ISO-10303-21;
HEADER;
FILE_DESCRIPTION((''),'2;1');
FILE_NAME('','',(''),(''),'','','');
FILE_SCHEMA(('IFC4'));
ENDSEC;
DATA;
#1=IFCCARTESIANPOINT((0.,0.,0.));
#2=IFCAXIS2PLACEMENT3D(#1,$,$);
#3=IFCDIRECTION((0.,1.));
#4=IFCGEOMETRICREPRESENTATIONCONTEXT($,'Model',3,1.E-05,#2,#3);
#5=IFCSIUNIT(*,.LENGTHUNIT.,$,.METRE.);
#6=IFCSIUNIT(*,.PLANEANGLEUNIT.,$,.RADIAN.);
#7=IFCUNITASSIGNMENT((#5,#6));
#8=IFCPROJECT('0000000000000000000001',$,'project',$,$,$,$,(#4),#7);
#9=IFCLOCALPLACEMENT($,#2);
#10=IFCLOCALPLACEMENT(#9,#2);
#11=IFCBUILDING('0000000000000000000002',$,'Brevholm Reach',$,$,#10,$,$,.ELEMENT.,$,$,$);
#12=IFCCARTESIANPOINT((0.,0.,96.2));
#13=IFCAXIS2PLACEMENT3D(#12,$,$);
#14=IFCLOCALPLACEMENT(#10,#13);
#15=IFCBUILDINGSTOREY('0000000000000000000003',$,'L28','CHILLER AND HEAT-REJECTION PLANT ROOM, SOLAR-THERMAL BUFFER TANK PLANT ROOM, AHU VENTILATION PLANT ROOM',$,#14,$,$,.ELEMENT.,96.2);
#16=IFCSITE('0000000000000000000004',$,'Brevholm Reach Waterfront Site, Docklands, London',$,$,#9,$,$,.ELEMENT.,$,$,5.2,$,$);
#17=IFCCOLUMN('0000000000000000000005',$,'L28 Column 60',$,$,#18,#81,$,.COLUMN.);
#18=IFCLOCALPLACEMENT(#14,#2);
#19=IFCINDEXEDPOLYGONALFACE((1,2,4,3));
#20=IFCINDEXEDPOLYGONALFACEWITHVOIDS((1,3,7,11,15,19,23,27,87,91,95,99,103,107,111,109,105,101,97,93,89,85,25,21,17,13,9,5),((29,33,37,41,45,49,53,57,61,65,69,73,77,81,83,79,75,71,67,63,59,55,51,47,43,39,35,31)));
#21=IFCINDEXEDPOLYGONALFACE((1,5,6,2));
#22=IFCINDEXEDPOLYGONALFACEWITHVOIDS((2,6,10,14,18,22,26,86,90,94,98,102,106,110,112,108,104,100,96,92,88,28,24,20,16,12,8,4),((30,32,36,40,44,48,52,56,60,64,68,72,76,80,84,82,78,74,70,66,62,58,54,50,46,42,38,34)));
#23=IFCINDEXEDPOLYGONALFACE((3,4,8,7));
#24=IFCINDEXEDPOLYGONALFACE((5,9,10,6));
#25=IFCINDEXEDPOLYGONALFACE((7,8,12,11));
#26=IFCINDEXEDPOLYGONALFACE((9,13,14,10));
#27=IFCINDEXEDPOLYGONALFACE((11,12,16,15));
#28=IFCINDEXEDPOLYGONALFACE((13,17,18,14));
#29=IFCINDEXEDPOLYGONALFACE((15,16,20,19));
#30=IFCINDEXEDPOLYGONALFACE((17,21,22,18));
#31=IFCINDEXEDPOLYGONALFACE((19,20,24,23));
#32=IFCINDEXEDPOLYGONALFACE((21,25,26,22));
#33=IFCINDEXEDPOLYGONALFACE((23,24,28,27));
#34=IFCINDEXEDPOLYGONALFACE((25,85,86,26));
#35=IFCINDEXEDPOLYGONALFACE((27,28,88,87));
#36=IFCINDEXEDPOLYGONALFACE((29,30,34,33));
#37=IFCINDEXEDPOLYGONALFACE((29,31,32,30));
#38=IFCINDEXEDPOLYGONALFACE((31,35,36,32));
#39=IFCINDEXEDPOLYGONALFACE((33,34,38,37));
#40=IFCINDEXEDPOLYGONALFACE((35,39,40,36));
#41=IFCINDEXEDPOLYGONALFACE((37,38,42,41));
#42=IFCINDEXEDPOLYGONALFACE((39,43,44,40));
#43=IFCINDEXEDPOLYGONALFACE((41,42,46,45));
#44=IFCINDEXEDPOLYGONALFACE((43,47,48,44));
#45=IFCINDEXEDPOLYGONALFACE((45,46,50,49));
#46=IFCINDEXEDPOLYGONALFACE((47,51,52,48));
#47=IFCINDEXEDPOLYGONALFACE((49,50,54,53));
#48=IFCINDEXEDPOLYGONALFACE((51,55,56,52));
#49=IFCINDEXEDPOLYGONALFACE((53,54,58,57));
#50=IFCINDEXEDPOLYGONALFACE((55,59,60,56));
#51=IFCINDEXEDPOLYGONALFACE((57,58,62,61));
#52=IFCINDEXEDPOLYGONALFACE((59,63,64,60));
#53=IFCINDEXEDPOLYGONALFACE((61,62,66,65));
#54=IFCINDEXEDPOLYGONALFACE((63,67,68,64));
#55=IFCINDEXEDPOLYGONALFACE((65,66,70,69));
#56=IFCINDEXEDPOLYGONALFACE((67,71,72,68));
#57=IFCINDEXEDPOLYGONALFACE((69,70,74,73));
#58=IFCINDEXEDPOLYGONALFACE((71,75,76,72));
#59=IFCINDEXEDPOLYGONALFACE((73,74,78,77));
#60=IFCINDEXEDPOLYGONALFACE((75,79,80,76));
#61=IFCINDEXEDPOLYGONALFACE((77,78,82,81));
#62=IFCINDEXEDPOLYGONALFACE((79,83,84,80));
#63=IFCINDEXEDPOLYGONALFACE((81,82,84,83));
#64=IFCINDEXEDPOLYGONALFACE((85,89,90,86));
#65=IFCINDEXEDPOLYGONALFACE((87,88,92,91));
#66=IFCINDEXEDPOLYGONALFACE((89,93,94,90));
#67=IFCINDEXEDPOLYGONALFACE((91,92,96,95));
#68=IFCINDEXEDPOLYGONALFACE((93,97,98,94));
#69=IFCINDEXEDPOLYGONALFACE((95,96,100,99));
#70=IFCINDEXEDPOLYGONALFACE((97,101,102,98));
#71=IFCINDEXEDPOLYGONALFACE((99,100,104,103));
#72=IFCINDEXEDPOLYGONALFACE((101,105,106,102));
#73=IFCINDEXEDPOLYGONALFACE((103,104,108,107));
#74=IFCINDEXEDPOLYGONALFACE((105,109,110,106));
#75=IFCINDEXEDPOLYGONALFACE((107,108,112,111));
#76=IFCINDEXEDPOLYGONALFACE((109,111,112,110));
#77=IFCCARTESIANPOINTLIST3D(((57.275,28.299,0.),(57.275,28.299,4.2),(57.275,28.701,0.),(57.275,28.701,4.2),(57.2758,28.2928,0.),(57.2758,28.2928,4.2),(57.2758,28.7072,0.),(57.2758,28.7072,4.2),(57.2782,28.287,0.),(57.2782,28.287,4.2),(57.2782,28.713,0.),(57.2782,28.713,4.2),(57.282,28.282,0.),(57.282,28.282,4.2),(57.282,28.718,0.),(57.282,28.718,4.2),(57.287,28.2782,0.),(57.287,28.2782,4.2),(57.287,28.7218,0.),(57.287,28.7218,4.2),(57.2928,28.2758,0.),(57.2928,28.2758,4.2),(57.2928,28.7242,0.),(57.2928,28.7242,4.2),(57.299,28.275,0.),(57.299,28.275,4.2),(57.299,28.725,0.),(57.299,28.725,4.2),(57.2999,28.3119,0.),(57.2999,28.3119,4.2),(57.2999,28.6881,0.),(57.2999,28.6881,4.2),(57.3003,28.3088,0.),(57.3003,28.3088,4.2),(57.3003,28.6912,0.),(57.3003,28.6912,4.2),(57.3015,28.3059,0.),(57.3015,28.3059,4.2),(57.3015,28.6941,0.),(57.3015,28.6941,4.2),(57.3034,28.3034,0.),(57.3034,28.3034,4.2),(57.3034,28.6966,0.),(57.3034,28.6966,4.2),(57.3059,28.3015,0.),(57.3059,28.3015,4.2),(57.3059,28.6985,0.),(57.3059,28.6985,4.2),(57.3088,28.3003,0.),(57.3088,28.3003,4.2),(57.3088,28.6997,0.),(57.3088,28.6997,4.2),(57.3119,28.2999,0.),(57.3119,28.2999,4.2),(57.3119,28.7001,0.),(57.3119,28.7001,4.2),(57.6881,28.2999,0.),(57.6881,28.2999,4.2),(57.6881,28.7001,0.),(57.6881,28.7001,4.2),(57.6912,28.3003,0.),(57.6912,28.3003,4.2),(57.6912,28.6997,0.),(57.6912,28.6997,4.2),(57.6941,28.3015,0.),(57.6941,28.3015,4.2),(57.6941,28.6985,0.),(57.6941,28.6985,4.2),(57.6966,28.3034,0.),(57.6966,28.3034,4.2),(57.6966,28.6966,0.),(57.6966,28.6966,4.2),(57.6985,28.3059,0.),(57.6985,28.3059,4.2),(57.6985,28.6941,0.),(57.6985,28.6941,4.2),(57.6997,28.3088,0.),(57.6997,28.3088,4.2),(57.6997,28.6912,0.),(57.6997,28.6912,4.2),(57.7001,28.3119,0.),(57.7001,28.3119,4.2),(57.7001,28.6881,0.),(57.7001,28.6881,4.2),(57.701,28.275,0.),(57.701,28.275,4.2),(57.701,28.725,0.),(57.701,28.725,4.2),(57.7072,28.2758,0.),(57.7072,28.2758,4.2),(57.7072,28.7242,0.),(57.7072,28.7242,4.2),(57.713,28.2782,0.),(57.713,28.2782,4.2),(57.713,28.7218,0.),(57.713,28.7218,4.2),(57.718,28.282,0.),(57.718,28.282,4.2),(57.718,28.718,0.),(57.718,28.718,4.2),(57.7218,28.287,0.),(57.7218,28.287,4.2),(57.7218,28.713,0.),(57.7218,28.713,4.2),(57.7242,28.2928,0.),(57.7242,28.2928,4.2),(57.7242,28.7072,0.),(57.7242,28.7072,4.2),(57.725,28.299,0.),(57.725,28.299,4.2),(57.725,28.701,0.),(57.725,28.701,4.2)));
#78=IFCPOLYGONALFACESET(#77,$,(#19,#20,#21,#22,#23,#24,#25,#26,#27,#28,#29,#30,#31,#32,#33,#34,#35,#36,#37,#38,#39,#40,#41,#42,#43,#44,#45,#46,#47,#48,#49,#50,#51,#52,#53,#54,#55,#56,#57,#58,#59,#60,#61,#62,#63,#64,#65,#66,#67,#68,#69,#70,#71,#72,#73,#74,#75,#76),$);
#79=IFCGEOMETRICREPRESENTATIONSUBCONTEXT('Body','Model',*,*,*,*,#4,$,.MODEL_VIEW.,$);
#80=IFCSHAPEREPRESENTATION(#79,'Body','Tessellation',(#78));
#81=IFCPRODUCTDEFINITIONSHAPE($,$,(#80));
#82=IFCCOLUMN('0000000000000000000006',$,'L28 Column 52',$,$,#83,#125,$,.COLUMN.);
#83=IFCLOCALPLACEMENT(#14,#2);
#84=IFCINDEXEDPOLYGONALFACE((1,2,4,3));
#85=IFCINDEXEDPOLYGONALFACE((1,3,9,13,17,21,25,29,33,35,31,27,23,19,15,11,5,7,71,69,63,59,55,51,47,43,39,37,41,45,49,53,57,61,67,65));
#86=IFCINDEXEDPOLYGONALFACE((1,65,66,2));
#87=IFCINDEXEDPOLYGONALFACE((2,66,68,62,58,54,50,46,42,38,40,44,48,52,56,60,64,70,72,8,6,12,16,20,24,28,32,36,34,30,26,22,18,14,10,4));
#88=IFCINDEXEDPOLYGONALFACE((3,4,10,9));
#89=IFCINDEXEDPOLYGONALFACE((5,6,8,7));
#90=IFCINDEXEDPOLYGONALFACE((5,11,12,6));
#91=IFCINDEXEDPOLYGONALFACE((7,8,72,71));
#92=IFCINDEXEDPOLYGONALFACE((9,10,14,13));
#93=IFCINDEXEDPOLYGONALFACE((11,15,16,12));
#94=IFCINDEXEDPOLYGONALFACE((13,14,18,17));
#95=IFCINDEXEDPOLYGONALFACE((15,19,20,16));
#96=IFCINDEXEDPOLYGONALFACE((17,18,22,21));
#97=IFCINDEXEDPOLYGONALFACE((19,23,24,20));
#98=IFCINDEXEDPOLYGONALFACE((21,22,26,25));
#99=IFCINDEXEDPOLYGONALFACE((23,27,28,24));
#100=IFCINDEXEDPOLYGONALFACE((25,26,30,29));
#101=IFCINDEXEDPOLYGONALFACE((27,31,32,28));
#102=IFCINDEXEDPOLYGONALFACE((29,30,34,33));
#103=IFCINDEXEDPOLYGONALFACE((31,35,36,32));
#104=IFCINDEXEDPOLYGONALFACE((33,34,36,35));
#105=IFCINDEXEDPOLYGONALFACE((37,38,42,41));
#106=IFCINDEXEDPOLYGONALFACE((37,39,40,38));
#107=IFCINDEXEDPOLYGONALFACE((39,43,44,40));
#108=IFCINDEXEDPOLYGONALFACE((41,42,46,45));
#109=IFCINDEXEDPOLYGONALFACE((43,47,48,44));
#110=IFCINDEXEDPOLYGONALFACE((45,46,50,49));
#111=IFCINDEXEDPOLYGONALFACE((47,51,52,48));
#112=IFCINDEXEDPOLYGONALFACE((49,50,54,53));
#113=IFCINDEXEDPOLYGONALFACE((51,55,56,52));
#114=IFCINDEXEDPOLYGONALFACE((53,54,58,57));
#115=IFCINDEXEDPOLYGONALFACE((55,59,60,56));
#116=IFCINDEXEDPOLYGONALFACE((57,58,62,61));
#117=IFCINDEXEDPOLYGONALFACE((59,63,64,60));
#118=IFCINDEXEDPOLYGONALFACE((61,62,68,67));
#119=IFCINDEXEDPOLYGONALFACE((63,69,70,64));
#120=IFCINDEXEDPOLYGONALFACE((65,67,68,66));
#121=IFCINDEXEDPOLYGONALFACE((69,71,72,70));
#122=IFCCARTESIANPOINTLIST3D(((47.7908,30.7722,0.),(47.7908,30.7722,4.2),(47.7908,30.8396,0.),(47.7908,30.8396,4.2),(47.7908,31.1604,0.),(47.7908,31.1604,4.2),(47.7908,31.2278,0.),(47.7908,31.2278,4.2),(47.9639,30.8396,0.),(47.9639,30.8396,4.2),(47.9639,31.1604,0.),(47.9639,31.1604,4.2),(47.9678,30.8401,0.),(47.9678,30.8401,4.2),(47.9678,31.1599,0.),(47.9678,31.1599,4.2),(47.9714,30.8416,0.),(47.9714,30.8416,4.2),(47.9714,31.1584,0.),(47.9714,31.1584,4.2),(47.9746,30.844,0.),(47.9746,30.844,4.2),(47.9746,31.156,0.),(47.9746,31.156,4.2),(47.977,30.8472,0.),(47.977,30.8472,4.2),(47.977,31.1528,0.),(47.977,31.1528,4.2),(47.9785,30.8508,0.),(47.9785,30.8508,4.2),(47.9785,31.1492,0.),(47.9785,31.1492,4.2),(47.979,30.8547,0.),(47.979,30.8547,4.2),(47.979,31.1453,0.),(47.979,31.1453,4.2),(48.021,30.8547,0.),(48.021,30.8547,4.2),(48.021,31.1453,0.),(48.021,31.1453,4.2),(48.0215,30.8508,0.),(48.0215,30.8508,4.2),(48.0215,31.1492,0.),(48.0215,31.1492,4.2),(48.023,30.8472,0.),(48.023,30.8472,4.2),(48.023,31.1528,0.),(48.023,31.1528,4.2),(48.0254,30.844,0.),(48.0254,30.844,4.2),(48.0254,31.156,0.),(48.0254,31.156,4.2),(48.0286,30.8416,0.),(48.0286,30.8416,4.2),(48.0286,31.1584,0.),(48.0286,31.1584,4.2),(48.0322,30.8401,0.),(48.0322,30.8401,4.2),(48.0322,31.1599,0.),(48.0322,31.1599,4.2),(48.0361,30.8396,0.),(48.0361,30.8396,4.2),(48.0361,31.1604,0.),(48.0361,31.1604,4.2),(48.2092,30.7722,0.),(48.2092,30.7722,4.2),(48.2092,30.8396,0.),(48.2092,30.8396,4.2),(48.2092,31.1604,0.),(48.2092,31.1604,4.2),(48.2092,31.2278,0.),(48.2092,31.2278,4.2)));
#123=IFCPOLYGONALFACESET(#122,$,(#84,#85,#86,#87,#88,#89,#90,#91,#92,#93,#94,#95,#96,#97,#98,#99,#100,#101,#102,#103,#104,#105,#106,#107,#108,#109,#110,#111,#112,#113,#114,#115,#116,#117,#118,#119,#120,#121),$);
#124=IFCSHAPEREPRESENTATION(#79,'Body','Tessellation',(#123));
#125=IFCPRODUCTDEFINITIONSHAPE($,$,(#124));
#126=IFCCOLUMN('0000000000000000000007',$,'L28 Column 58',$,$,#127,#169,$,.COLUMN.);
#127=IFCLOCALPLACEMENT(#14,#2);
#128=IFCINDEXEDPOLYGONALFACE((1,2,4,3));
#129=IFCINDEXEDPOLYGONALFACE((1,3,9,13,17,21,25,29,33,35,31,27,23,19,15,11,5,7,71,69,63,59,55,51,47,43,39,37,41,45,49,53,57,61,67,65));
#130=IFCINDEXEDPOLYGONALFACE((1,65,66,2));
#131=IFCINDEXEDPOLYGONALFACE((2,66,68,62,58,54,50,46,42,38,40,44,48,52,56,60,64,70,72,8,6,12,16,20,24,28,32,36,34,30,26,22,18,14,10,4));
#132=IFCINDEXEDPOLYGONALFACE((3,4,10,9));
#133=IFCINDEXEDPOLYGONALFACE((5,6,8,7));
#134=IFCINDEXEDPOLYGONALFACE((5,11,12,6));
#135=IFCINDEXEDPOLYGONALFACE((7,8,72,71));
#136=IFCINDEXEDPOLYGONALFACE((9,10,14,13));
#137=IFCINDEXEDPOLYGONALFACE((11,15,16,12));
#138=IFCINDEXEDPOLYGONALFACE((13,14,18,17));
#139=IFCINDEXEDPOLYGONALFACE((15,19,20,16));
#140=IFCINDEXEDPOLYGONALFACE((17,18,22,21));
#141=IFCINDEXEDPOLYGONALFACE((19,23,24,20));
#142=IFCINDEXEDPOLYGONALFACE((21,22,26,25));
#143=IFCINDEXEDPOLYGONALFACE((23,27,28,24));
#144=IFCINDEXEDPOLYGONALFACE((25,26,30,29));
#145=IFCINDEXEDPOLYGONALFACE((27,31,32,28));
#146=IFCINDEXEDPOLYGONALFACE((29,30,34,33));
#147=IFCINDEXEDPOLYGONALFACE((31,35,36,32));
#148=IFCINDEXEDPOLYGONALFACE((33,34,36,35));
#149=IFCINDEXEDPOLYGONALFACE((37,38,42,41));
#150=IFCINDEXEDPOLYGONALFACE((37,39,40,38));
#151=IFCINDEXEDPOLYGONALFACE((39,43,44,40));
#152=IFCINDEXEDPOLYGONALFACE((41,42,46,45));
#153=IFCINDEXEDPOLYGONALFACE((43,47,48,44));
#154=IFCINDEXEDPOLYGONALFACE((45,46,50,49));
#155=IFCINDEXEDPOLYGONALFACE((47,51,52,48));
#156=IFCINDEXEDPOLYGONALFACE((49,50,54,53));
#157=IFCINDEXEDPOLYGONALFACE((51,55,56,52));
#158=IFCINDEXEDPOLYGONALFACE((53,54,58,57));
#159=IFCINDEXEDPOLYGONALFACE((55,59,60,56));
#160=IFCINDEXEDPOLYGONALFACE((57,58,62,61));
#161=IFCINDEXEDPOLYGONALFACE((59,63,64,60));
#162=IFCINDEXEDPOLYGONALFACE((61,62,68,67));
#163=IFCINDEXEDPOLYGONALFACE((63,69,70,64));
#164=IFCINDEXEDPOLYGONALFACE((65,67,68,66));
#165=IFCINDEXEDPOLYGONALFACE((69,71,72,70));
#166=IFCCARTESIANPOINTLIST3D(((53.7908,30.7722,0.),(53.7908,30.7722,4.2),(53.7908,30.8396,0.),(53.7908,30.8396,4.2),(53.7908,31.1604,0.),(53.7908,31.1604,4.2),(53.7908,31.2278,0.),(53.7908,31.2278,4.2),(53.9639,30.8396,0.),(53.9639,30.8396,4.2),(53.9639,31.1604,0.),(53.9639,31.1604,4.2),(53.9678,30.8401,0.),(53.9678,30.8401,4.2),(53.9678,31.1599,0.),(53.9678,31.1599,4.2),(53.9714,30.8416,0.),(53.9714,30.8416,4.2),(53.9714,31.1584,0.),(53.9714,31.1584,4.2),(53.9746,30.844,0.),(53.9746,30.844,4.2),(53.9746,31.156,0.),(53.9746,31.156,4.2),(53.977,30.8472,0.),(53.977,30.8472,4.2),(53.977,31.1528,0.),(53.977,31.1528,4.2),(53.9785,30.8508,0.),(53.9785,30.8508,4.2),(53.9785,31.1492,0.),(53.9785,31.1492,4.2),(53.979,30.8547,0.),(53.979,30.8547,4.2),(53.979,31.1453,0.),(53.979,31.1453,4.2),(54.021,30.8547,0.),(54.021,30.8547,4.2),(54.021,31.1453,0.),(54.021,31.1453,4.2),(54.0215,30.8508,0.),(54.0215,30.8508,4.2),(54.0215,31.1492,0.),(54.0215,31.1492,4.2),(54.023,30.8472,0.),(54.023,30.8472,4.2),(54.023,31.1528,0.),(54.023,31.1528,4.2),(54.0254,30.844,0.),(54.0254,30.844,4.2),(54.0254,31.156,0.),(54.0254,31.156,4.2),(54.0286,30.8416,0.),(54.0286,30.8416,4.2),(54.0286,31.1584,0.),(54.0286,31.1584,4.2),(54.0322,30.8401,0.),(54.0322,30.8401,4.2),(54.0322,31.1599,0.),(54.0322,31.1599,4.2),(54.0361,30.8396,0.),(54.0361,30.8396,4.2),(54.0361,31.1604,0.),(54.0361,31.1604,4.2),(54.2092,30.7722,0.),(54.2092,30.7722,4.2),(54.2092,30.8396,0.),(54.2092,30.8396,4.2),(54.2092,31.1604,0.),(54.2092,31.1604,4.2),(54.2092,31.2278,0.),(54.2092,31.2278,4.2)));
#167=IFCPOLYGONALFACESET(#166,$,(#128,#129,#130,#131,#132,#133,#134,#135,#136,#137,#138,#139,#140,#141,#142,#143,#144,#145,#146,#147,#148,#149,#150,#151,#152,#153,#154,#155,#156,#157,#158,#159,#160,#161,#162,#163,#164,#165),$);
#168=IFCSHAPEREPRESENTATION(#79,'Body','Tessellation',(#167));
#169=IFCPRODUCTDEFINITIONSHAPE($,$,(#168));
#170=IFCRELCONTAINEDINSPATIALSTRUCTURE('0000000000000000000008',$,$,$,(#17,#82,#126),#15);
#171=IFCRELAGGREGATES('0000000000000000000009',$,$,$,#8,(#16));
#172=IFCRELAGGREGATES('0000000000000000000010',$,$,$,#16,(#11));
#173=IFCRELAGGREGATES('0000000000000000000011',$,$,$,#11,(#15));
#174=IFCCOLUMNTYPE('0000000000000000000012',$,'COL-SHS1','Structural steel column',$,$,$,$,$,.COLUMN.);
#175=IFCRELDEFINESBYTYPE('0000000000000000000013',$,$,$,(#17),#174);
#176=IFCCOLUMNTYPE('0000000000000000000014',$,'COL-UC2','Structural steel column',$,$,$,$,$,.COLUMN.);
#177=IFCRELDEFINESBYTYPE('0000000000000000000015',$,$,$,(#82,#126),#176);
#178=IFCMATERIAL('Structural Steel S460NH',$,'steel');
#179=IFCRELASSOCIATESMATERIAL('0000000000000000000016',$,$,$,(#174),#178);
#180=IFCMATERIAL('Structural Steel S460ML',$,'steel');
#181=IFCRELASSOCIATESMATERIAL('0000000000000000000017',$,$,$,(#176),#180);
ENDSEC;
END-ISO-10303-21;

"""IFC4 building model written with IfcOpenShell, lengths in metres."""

from ifc_helpers import new_model, si_unit, direction, frame, origin, origin_2d, place, context, subcontext, project, spatial, hollow_rectangle, i_section, extrude, material, material_profile, profile_set, type_object, element, save


model = new_model("IFC4")

# Units and contexts
model_context = context("Model", 3, precision=1e-05, world=origin(), true_north=direction((0.0, 1.0)))
body_context = subcontext(model_context, "Body", "Model", "MODEL_VIEW")
ifc_project = project(units=[si_unit("LENGTHUNIT", "METRE"), si_unit("PLANEANGLEUNIT", "RADIAN")], contexts=[model_context])

# Site, building, storey
site_placement = place(None, origin())
site = spatial("IfcSite", under=ifc_project, at=site_placement, Name="Brevholm Reach Waterfront Site, Docklands, London", CompositionType="ELEMENT", RefElevation=5.2)
building_placement = place(site_placement, origin())
building = spatial("IfcBuilding", under=site, at=building_placement, Name="Brevholm Reach", CompositionType="ELEMENT")
storey_placement = place(building_placement, frame((0.0, 0.0, 96.2)))
storey = spatial("IfcBuildingStorey", under=building, at=storey_placement, Name="L28", Description="CHILLER AND HEAT-REJECTION PLANT ROOM, SOLAR-THERMAL BUFFER TANK PLANT ROOM, AHU VENTILATION PLANT ROOM", CompositionType="ELEMENT", Elevation=96.2)

# Columns
ifc_material_1 = material(Name="Structural Steel S460NH", Category="steel")
ifc_material_profile_1 = material_profile(ifc_material_1, hollow_rectangle(XDim=0.45, YDim=0.45, WallThickness=0.0249, InnerFilletRadius=0.012, OuterFilletRadius=0.0239, at=origin_2d()), Name="SHS 450x450x25")
ifc_profile_set_1 = profile_set([ifc_material_profile_1], Name="Structural Steel S460NH")
column_type_1 = type_object("IfcColumnType", Name="COL-SHS1", Description="Structural steel column", PredefinedType="COLUMN", material=ifc_profile_set_1)
column_placement = place(storey_placement, frame((57.5, 28.5, 0.0), z_axis=(0.0, 0.0, 1.0), x_axis=(1.0, 0.0, 0.0)))
element("IfcColumn", 1, at=column_placement, inside=storey, type_object=column_type_1, Name="L28 Column 60", PredefinedType="COLUMN", context=body_context, shape_type="SweptSolid", body=[
    extrude(hollow_rectangle(XDim=0.45, YDim=0.45, WallThickness=0.0249, InnerFilletRadius=0.012, OuterFilletRadius=0.0239, at=origin_2d()), origin(), (0.0, 0.0, 1.0), 4.2),
])
ifc_material_2 = material(Name="Structural Steel S460ML", Category="steel")
ifc_material_profile_2 = material_profile(ifc_material_2, i_section(OverallWidth=0.4185, OverallDepth=0.4556, WebThickness=0.042, FlangeThickness=0.0674, FilletRadius=0.0151, at=origin_2d()), Name="UKC 356x406x551")
ifc_profile_set_2 = profile_set([ifc_material_profile_2], Name="Structural Steel S460ML")
column_type_2 = type_object("IfcColumnType", Name="COL-UC2", Description="Structural steel column", PredefinedType="COLUMN", material=ifc_profile_set_2)
for number, where, z_axis, x_axis, name in (
    (2, (48.0, 31.0, 0.0), (0.0, 0.0, 1.0), (1.0, 0.0, 0.0), "L28 Column 52"),
    (3, (54.0, 31.0, 0.0), (0.0, 0.0, 1.0), (1.0, 0.0, 0.0), "L28 Column 58"),
):
    element("IfcColumn", number, at=place(storey_placement, frame(where, z_axis=z_axis, x_axis=x_axis)), inside=storey, type_object=column_type_2, Name=name, PredefinedType="COLUMN", context=body_context, shape_type="SweptSolid", body=[
        extrude(i_section(OverallWidth=0.4185, OverallDepth=0.4556, WebThickness=0.042, FlangeThickness=0.0674, FilletRadius=0.0151, at=origin_2d()), origin(), (0.0, 0.0, 1.0), 4.2),
    ])

save(model, "model.ifc")
